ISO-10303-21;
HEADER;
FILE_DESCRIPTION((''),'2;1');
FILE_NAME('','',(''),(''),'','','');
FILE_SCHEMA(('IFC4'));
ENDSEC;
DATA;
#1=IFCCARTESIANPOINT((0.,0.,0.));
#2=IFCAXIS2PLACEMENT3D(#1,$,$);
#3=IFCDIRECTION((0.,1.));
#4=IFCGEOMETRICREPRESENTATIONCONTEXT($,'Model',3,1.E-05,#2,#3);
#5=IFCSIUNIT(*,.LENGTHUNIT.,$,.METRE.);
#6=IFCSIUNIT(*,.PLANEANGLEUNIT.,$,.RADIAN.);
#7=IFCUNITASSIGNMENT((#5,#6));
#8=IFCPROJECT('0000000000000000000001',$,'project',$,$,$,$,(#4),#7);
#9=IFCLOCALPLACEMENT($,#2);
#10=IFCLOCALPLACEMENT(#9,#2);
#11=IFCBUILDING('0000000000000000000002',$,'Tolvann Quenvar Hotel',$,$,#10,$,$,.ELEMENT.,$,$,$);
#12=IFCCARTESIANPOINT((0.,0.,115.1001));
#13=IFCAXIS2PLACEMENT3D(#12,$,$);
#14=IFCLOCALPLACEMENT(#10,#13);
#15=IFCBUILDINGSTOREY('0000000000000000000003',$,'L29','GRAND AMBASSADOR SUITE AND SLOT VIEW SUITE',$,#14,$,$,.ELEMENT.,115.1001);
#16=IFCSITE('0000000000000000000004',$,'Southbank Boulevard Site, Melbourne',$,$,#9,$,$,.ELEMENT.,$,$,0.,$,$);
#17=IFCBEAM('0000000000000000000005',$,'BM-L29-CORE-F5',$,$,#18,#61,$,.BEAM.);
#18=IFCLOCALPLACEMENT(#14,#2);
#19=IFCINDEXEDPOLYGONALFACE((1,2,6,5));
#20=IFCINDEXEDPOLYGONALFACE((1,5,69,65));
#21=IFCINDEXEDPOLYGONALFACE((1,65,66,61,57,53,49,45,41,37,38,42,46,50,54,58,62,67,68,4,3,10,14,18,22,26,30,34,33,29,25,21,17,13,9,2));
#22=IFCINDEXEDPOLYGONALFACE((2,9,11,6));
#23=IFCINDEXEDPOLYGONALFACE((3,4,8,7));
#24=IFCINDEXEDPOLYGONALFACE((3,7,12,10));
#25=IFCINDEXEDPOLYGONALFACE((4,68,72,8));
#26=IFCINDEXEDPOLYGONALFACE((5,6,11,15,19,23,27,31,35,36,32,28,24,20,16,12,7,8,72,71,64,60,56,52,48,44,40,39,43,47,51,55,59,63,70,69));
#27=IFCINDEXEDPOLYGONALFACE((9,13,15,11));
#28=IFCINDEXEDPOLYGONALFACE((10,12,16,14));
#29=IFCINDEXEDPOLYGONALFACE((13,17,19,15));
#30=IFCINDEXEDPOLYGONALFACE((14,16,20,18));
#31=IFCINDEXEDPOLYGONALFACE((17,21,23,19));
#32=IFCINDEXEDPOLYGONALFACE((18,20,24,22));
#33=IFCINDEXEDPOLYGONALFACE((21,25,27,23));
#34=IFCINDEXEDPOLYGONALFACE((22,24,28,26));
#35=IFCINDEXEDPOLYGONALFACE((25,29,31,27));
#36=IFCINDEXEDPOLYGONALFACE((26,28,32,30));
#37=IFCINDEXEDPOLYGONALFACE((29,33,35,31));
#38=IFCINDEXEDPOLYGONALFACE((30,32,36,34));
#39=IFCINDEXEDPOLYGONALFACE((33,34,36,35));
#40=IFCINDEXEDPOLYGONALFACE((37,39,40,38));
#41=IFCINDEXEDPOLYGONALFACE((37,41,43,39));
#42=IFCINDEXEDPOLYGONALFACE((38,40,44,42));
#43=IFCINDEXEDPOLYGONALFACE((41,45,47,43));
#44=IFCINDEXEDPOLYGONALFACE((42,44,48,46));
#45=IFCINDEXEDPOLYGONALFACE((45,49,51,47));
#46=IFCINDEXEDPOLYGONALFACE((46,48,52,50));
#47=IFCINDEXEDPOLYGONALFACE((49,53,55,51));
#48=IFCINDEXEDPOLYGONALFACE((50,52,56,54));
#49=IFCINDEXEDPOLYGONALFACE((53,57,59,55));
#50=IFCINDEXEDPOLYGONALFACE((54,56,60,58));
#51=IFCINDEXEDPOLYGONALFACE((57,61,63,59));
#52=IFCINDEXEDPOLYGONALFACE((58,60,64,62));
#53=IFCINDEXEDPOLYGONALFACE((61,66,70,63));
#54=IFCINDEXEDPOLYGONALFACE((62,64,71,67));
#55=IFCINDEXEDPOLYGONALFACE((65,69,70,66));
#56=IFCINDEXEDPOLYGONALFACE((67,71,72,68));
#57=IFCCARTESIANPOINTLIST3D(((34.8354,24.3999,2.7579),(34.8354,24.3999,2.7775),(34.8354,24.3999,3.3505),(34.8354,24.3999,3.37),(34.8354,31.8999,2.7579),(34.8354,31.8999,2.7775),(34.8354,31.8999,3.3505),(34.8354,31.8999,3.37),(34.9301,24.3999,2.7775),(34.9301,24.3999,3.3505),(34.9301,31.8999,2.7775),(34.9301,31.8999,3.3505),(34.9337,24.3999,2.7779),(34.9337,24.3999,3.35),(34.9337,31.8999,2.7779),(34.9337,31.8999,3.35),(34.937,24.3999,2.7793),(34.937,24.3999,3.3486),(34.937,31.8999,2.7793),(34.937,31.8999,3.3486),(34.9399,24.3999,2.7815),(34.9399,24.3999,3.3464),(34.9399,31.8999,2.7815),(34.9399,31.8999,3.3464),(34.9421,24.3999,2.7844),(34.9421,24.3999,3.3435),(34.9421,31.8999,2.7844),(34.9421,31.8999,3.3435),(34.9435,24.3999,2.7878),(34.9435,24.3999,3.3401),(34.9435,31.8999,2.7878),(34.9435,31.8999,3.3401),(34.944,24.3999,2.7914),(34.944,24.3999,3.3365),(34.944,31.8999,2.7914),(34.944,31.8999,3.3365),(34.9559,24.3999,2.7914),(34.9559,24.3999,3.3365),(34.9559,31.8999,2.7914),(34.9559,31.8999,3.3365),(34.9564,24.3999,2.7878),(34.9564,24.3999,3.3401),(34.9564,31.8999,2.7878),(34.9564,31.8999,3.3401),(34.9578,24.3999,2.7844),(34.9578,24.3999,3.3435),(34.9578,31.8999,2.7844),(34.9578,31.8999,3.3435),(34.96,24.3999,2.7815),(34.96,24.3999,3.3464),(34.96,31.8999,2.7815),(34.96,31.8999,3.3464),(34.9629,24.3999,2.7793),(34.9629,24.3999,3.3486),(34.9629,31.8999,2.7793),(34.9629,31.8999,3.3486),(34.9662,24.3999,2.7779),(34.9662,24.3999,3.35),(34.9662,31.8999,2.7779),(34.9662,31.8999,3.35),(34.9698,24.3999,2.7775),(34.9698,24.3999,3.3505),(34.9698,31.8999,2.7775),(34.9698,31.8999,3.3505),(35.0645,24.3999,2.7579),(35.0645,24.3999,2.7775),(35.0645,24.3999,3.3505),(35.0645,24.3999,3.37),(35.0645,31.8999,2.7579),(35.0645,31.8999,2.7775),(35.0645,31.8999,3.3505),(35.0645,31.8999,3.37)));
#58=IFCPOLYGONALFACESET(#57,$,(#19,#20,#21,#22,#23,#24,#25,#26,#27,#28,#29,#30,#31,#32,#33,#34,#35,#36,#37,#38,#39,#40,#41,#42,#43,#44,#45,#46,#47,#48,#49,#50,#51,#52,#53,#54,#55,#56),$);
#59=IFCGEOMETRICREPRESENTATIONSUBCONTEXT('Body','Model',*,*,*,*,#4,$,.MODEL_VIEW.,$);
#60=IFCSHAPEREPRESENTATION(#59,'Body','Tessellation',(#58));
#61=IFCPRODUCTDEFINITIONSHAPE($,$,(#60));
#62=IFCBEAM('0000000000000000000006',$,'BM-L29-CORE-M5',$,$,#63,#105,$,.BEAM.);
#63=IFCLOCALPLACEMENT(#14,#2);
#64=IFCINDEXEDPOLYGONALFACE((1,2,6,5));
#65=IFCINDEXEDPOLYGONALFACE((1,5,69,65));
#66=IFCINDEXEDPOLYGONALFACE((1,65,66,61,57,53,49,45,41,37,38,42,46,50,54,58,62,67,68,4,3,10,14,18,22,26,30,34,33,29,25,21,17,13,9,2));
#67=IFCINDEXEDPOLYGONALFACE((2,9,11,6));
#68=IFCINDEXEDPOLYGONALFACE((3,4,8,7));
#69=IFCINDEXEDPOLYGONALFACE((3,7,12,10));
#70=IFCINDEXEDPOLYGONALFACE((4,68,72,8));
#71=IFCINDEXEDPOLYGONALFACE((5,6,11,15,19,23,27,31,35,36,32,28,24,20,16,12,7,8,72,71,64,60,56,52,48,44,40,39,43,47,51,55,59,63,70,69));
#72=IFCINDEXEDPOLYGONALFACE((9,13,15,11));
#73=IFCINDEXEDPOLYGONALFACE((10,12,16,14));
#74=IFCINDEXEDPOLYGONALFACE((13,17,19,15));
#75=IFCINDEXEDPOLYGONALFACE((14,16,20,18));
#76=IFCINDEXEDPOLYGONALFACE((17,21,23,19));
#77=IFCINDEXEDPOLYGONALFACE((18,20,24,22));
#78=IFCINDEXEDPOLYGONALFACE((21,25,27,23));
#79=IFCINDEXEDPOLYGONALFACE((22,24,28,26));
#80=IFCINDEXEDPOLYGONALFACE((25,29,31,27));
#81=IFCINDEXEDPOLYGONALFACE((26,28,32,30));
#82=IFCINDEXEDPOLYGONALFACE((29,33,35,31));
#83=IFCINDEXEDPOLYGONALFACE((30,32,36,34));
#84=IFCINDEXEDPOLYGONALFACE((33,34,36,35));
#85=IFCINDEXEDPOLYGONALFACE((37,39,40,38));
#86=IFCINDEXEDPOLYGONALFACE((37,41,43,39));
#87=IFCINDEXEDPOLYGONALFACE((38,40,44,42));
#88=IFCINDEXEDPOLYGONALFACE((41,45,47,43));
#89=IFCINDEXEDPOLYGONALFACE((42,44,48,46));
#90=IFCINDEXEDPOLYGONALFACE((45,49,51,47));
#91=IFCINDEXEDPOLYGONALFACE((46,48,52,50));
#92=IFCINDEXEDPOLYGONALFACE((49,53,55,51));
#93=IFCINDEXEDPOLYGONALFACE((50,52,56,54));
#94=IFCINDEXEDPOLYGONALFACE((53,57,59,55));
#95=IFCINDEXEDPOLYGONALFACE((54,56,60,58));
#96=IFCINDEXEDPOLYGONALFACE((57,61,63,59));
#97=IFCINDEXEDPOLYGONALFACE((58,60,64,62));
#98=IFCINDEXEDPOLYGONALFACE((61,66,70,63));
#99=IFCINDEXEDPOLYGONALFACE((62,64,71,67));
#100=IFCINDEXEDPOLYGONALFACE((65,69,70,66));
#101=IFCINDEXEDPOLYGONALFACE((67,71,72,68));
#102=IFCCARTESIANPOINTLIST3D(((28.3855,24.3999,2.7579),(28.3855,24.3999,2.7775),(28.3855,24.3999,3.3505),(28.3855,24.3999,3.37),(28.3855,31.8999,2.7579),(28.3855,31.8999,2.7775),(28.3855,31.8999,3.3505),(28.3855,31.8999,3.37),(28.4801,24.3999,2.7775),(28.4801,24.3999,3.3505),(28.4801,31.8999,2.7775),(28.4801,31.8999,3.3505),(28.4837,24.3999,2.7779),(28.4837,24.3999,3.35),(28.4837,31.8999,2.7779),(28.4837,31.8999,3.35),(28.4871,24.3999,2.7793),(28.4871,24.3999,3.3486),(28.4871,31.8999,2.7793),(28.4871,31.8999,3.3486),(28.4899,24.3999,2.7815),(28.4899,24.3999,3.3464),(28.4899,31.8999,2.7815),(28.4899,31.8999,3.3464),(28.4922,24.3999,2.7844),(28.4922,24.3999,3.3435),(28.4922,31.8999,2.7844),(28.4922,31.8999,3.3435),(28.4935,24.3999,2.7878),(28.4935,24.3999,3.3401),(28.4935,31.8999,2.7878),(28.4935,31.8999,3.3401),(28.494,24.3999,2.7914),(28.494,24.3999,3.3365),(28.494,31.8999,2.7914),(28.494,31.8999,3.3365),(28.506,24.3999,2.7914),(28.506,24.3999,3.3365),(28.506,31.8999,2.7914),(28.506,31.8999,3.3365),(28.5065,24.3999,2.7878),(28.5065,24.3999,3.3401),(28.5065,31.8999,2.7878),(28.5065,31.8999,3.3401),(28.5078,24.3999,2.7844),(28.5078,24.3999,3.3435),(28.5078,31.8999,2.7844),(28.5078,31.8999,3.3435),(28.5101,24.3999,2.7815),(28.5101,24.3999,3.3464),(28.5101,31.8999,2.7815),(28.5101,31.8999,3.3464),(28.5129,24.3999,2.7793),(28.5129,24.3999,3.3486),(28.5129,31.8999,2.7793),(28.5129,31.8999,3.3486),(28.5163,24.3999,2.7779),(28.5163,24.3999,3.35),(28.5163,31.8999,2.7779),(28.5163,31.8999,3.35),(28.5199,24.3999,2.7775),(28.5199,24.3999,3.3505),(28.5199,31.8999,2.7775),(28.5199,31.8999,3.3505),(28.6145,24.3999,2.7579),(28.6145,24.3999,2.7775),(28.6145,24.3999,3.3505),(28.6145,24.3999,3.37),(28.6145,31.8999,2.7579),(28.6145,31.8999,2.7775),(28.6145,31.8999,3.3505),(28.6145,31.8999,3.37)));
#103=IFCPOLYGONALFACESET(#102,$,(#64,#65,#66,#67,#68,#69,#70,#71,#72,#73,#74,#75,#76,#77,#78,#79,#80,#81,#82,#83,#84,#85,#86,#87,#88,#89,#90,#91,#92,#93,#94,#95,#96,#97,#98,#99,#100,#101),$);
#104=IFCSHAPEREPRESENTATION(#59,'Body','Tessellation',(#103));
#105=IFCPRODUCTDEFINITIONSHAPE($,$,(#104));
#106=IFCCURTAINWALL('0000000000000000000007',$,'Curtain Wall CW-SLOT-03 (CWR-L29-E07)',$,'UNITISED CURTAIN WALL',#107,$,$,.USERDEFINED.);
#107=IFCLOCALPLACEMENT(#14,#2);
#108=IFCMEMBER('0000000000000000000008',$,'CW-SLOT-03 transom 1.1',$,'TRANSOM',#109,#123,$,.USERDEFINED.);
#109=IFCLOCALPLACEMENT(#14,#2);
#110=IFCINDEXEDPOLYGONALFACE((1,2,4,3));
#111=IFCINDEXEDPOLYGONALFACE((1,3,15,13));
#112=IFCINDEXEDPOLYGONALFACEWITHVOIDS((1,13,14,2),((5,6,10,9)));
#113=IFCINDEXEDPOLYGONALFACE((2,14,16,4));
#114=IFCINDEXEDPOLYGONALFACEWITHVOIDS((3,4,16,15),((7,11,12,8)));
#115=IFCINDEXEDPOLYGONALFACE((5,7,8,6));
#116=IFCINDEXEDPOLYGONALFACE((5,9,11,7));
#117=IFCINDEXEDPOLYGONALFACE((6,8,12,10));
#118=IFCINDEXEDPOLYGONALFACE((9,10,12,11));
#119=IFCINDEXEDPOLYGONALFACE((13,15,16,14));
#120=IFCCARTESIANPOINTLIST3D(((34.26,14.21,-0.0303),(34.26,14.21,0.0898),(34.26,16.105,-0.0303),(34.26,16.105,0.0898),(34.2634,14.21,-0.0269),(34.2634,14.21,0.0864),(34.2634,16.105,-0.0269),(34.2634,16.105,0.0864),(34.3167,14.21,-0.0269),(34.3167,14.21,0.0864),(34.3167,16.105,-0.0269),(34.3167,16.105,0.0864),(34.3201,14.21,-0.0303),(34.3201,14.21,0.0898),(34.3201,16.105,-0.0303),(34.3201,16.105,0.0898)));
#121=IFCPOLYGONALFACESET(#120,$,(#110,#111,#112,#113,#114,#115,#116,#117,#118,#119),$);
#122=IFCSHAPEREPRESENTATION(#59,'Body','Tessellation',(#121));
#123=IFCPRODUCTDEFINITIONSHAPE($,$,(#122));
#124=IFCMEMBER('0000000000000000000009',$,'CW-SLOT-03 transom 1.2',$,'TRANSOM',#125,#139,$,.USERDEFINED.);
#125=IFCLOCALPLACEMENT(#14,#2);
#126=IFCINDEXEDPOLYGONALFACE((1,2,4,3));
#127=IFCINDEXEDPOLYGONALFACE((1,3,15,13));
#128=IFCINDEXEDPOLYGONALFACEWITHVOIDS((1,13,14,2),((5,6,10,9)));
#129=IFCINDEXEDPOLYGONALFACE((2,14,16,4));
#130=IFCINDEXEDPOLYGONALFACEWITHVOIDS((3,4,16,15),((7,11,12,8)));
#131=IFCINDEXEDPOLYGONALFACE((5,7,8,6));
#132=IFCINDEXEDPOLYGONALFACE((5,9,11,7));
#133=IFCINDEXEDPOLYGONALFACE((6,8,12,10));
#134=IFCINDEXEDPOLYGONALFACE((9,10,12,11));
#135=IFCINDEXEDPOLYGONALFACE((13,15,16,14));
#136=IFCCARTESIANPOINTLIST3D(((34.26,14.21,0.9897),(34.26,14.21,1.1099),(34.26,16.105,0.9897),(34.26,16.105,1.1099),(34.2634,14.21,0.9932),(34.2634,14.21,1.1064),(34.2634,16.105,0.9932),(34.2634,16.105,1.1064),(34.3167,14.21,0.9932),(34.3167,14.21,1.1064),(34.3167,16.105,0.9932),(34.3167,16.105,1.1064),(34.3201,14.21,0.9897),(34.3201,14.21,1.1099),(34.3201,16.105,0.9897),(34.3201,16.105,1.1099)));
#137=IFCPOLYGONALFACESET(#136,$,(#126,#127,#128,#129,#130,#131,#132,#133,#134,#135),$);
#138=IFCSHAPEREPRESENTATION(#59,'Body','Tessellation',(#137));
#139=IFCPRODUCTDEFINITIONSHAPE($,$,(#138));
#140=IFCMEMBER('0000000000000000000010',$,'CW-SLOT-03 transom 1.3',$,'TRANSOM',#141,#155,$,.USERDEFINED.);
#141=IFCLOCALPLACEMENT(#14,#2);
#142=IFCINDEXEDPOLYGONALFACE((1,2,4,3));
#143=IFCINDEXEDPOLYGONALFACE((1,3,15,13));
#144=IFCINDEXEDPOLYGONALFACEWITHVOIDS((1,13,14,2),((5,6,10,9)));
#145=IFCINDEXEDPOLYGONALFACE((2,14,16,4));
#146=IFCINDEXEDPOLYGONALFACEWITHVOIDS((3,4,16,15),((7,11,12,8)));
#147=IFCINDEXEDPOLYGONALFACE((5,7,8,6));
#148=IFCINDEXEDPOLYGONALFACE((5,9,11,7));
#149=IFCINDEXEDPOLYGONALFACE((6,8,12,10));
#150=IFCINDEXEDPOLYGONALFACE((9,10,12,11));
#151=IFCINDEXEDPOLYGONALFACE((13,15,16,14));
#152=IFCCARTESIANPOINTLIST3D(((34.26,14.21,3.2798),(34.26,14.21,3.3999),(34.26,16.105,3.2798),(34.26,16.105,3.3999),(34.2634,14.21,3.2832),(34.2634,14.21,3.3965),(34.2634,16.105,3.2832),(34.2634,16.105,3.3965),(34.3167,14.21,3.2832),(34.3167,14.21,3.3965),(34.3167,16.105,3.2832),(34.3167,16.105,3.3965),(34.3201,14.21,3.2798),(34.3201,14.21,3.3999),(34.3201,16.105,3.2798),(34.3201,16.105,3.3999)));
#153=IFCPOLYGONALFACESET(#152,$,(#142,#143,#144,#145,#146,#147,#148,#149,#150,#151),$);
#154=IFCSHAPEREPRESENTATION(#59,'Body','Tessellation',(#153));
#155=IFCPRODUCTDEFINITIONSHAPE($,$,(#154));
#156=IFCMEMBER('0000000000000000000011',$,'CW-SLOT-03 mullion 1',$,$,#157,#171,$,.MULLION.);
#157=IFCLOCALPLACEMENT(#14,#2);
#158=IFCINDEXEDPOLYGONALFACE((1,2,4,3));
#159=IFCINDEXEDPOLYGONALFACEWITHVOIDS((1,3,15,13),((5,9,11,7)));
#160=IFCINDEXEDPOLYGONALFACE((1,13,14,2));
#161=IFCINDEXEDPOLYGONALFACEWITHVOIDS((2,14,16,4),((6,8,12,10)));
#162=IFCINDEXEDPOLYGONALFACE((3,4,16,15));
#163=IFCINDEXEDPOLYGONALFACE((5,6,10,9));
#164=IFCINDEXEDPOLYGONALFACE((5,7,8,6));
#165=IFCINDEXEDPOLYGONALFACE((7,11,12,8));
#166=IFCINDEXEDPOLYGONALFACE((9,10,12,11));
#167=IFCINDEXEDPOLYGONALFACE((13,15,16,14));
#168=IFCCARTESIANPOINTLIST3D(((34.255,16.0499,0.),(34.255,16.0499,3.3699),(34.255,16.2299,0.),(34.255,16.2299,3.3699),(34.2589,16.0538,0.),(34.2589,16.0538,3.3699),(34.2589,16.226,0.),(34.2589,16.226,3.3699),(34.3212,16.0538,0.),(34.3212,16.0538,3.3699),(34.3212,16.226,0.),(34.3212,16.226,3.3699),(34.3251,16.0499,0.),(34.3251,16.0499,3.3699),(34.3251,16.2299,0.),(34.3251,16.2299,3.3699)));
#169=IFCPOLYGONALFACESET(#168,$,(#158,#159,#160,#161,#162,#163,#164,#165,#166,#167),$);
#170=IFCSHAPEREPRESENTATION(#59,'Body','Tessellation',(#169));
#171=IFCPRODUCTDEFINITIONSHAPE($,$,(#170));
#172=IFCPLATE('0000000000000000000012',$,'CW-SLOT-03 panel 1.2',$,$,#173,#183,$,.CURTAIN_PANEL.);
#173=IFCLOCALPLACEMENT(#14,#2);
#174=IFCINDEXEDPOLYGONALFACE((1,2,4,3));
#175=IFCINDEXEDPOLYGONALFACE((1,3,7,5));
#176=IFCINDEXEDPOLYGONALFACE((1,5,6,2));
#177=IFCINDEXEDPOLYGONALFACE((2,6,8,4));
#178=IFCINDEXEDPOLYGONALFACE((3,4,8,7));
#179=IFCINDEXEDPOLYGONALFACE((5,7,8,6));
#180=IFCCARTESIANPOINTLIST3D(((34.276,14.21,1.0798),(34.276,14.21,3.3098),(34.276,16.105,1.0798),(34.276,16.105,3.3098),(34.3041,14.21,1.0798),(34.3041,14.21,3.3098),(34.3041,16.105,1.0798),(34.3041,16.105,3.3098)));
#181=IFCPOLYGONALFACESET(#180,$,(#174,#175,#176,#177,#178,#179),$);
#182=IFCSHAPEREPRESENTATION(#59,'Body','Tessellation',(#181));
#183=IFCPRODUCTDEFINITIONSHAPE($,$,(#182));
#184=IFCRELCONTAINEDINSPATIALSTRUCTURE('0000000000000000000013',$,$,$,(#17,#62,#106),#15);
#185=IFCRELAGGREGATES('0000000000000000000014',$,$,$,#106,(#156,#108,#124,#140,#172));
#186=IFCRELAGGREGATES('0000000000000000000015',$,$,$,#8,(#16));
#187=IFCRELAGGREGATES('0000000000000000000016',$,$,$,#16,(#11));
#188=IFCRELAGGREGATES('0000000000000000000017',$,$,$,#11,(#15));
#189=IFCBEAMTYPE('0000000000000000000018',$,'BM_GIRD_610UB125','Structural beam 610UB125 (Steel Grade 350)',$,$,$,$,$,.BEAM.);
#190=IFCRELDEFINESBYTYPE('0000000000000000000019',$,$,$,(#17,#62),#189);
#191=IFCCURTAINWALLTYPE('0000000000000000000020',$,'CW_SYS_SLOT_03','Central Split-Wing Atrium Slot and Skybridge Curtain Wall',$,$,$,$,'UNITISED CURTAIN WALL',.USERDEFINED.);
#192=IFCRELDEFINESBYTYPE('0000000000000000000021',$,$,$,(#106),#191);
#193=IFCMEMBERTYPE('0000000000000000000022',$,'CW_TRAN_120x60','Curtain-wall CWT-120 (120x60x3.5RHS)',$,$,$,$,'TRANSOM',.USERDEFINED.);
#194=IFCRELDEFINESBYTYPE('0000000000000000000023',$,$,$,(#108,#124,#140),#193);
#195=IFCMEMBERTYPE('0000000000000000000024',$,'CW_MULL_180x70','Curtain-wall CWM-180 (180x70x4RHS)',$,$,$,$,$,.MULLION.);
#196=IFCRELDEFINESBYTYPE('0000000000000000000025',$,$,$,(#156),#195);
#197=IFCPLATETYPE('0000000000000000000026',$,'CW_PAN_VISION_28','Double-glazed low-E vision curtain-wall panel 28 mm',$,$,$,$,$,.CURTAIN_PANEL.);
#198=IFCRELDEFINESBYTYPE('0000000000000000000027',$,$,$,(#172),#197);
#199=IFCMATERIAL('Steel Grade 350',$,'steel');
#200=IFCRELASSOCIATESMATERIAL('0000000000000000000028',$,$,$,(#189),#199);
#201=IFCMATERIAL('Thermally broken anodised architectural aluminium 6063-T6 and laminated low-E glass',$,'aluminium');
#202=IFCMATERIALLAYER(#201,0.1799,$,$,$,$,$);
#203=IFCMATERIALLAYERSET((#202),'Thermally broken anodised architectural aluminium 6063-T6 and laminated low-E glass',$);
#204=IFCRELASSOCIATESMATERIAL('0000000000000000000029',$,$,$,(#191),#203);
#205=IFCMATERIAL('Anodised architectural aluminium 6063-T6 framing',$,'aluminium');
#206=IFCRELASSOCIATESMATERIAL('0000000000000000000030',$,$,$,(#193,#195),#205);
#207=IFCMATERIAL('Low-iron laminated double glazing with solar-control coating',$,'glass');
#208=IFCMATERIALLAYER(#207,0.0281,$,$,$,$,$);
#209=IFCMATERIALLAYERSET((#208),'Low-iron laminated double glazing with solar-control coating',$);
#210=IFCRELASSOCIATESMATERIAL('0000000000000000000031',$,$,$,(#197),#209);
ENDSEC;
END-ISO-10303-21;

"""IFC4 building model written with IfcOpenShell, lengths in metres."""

from ifc_helpers import new_model, si_unit, direction, frame, origin, origin_2d, place, context, subcontext, project, spatial, rectangle, hollow_rectangle, i_section, extrude, source, transform, mapped, material, layer, layer_set, material_profile, profile_set, type_object, type_shapes, element, aggregate, save


model = new_model("IFC4")

# Units and contexts
model_context = context("Model", 3, precision=1e-05, world=origin(), true_north=direction((0.0, 1.0)))
body_context = subcontext(model_context, "Body", "Model", "MODEL_VIEW")
ifc_project = project(units=[si_unit("LENGTHUNIT", "METRE"), si_unit("PLANEANGLEUNIT", "RADIAN")], contexts=[model_context])

# Site, building, storey
site_placement = place(None, origin())
site = spatial("IfcSite", under=ifc_project, at=site_placement, Name="Southbank Boulevard Site, Melbourne", CompositionType="ELEMENT", RefElevation=0.0)
building_placement = place(site_placement, origin())
building = spatial("IfcBuilding", under=site, at=building_placement, Name="Tolvann Quenvar Hotel", CompositionType="ELEMENT")
storey_placement = place(building_placement, frame((0.0, 0.0, 115.1001)))
storey = spatial("IfcBuildingStorey", under=building, at=storey_placement, Name="L29", Description="GRAND AMBASSADOR SUITE AND SLOT VIEW SUITE", CompositionType="ELEMENT", Elevation=115.1001)

# Shared definitions
ifc_material_1 = material(Name="Steel Grade 350", Category="steel")

# Beams
ifc_material_profile_1 = material_profile(ifc_material_1, i_section(OverallWidth=0.229, OverallDepth=0.6121, WebThickness=0.012, FlangeThickness=0.0195, FilletRadius=0.0139, at=origin_2d()), Name="610UB125")
ifc_profile_set_1 = profile_set([ifc_material_profile_1], Name="Steel Grade 350")
beam_type_1 = type_object("IfcBeamType", Name="BM_GIRD_610UB125", Description="Structural beam 610UB125 (Steel Grade 350)", PredefinedType="BEAM", material=ifc_profile_set_1)
shared_shape_1 = source(origin(), body_context, "Body", "SweptSolid", [
    extrude(i_section(OverallWidth=0.229, OverallDepth=0.6121, WebThickness=0.012, FlangeThickness=0.0195, FilletRadius=0.0139, at=origin_2d()), origin(), (0.0, 0.0, 1.0), 7.5),
])
for number, where, z_axis, x_axis, name in (
    (1, (34.95, 24.3999, 3.064), (0.0, 1.0, 0.0), (-1.0, 0.0, 0.0), "BM-L29-CORE-F5"),
    (2, (28.5, 24.3999, 3.064), (0.0, 1.0, 0.0), (-1.0, 0.0, 0.0), "BM-L29-CORE-M5"),
):
    element("IfcBeam", number, at=place(storey_placement, frame(where, z_axis=z_axis, x_axis=x_axis)), inside=storey, type_object=beam_type_1, Name=name, PredefinedType="BEAM", context=body_context, shape_type="MappedRepresentation", body=[
        mapped(shared_shape_1, transform((0.0, 0.0, 0.0), x_axis=(1.0, 0.0, 0.0), y_axis=(0.0, 1.0, 0.0), z_axis=(0.0, 0.0, 1.0), scale=1.0)),
    ])

# Curtain wall, members, plate
ifc_material_2 = material(Name="Thermally broken anodised architectural aluminium 6063-T6 and laminated low-E glass", Category="aluminium")
ifc_layer_1 = layer(ifc_material_2, 0.1799)
ifc_layer_set_1 = layer_set([ifc_layer_1], Name="Thermally broken anodised architectural aluminium 6063-T6 and laminated low-E glass")
curtain_wall_type = type_object("IfcCurtainWallType", Name="CW_SYS_SLOT_03", Description="Central Split-Wing Atrium Slot and Skybridge Curtain Wall", ElementType="UNITISED CURTAIN WALL", PredefinedType="USERDEFINED", material=ifc_layer_set_1)
curtain_wall_placement = place(storey_placement, origin())
curtain_wall = element("IfcCurtainWall", 3, at=curtain_wall_placement, inside=storey, type_object=curtain_wall_type, Name="Curtain Wall CW-SLOT-03 (CWR-L29-E07)", ObjectType="UNITISED CURTAIN WALL", PredefinedType="USERDEFINED")
ifc_material_3 = material(Name="Anodised architectural aluminium 6063-T6 framing", Category="aluminium")
ifc_material_profile_2 = material_profile(ifc_material_3, hollow_rectangle(XDim=0.0601, YDim=0.1201, WallThickness=0.0034, at=origin_2d()), Name="120x60x3.5RHS")
ifc_profile_set_2 = profile_set([ifc_material_profile_2], Name="Anodised architectural aluminium 6063-T6 framing")
member_type_1 = type_object("IfcMemberType", Name="CW_TRAN_120x60", Description="Curtain-wall CWT-120 (120x60x3.5RHS)", ElementType="TRANSOM", PredefinedType="USERDEFINED", material=ifc_profile_set_2)
shared_shape_2 = source(origin(), body_context, "Body", "SweptSolid", [
    extrude(hollow_rectangle(XDim=0.0601, YDim=0.1201, WallThickness=0.0034, at=origin_2d()), origin(), (0.0, 0.0, 1.0), 1.895),
])
type_shapes(member_type_1, [shared_shape_2])
member_1_placement = place(storey_placement, frame((34.29, 16.105, 0.0298), z_axis=(0.0, -1.0, 0.0), x_axis=(1.0, 0.0, 0.0)))
member_1 = element("IfcMember", 4, at=member_1_placement, type_object=member_type_1, Name="CW-SLOT-03 transom 1.1", ObjectType="TRANSOM", PredefinedType="USERDEFINED", context=body_context, shape_type="MappedRepresentation", body=[
    mapped(shared_shape_2, transform((0.0, 0.0, 0.0), x_axis=(1.0, 0.0, 0.0), y_axis=(0.0, 1.0, 0.0), z_axis=(0.0, 0.0, 1.0), scale=1.0)),
])
member_2_placement = place(storey_placement, frame((34.29, 16.105, 1.0498), z_axis=(0.0, -1.0, 0.0), x_axis=(1.0, 0.0, 0.0)))
member_2 = element("IfcMember", 5, at=member_2_placement, type_object=member_type_1, Name="CW-SLOT-03 transom 1.2", ObjectType="TRANSOM", PredefinedType="USERDEFINED", context=body_context, shape_type="MappedRepresentation", body=[
    mapped(shared_shape_2, transform((0.0, 0.0, 0.0), x_axis=(1.0, 0.0, 0.0), y_axis=(0.0, 1.0, 0.0), z_axis=(0.0, 0.0, 1.0), scale=1.0)),
])
member_3_placement = place(storey_placement, frame((34.29, 16.105, 3.3398), z_axis=(0.0, -1.0, 0.0), x_axis=(1.0, 0.0, 0.0)))
member_3 = element("IfcMember", 6, at=member_3_placement, type_object=member_type_1, Name="CW-SLOT-03 transom 1.3", ObjectType="TRANSOM", PredefinedType="USERDEFINED", context=body_context, shape_type="MappedRepresentation", body=[
    mapped(shared_shape_2, transform((0.0, 0.0, 0.0), x_axis=(1.0, 0.0, 0.0), y_axis=(0.0, 1.0, 0.0), z_axis=(0.0, 0.0, 1.0), scale=1.0)),
])
ifc_material_profile_3 = material_profile(ifc_material_3, hollow_rectangle(XDim=0.0701, YDim=0.1799, WallThickness=0.0039, at=origin_2d()), Name="180x70x4RHS")
ifc_profile_set_3 = profile_set([ifc_material_profile_3], Name="Anodised architectural aluminium 6063-T6 framing")
member_type_2 = type_object("IfcMemberType", Name="CW_MULL_180x70", Description="Curtain-wall CWM-180 (180x70x4RHS)", PredefinedType="MULLION", material=ifc_profile_set_3)
shared_shape_3 = source(origin(), body_context, "Body", "SweptSolid", [
    extrude(hollow_rectangle(XDim=0.0701, YDim=0.1799, WallThickness=0.0039, at=origin_2d()), origin(), (0.0, 0.0, 1.0), 3.3699),
])
type_shapes(member_type_2, [shared_shape_3])
member_4_placement = place(storey_placement, frame((34.29, 16.1399, 0.0), z_axis=(0.0, 0.0, 1.0), x_axis=(1.0, 0.0, 0.0)))
member_4 = element("IfcMember", 7, at=member_4_placement, type_object=member_type_2, Name="CW-SLOT-03 mullion 1", PredefinedType="MULLION", context=body_context, shape_type="MappedRepresentation", body=[
    mapped(shared_shape_3, transform((0.0, 0.0, 0.0), x_axis=(1.0, 0.0, 0.0), y_axis=(0.0, 1.0, 0.0), z_axis=(0.0, 0.0, 1.0), scale=1.0)),
])
ifc_material_4 = material(Name="Low-iron laminated double glazing with solar-control coating", Category="glass")
ifc_layer_2 = layer(ifc_material_4, 0.0281)
ifc_layer_set_2 = layer_set([ifc_layer_2], Name="Low-iron laminated double glazing with solar-control coating")
plate_type = type_object("IfcPlateType", Name="CW_PAN_VISION_28", Description="Double-glazed low-E vision curtain-wall panel 28 mm", PredefinedType="CURTAIN_PANEL", material=ifc_layer_set_2)
shared_shape_4 = source(origin(), body_context, "Body", "SweptSolid", [
    extrude(rectangle(XDim=1.895, YDim=0.0281, at=origin_2d()), origin(), (0.0, 0.0, 1.0), 2.23),
])
type_shapes(plate_type, [shared_shape_4])
plate_placement = place(storey_placement, frame((34.29, 15.1575, 1.0798), z_axis=(0.0, 0.0, 1.0), x_axis=(0.0, -1.0, 0.0)))
plate = element("IfcPlate", 8, at=plate_placement, type_object=plate_type, Name="CW-SLOT-03 panel 1.2", PredefinedType="CURTAIN_PANEL", context=body_context, shape_type="MappedRepresentation", body=[
    mapped(shared_shape_4, transform((0.0, 0.0, 0.0), x_axis=(1.0, 0.0, 0.0), y_axis=(0.0, 1.0, 0.0), z_axis=(0.0, 0.0, 1.0), scale=1.0)),
])
aggregate(curtain_wall, [member_4, member_1, member_2, member_3, plate])

save(model, "model.ifc")
